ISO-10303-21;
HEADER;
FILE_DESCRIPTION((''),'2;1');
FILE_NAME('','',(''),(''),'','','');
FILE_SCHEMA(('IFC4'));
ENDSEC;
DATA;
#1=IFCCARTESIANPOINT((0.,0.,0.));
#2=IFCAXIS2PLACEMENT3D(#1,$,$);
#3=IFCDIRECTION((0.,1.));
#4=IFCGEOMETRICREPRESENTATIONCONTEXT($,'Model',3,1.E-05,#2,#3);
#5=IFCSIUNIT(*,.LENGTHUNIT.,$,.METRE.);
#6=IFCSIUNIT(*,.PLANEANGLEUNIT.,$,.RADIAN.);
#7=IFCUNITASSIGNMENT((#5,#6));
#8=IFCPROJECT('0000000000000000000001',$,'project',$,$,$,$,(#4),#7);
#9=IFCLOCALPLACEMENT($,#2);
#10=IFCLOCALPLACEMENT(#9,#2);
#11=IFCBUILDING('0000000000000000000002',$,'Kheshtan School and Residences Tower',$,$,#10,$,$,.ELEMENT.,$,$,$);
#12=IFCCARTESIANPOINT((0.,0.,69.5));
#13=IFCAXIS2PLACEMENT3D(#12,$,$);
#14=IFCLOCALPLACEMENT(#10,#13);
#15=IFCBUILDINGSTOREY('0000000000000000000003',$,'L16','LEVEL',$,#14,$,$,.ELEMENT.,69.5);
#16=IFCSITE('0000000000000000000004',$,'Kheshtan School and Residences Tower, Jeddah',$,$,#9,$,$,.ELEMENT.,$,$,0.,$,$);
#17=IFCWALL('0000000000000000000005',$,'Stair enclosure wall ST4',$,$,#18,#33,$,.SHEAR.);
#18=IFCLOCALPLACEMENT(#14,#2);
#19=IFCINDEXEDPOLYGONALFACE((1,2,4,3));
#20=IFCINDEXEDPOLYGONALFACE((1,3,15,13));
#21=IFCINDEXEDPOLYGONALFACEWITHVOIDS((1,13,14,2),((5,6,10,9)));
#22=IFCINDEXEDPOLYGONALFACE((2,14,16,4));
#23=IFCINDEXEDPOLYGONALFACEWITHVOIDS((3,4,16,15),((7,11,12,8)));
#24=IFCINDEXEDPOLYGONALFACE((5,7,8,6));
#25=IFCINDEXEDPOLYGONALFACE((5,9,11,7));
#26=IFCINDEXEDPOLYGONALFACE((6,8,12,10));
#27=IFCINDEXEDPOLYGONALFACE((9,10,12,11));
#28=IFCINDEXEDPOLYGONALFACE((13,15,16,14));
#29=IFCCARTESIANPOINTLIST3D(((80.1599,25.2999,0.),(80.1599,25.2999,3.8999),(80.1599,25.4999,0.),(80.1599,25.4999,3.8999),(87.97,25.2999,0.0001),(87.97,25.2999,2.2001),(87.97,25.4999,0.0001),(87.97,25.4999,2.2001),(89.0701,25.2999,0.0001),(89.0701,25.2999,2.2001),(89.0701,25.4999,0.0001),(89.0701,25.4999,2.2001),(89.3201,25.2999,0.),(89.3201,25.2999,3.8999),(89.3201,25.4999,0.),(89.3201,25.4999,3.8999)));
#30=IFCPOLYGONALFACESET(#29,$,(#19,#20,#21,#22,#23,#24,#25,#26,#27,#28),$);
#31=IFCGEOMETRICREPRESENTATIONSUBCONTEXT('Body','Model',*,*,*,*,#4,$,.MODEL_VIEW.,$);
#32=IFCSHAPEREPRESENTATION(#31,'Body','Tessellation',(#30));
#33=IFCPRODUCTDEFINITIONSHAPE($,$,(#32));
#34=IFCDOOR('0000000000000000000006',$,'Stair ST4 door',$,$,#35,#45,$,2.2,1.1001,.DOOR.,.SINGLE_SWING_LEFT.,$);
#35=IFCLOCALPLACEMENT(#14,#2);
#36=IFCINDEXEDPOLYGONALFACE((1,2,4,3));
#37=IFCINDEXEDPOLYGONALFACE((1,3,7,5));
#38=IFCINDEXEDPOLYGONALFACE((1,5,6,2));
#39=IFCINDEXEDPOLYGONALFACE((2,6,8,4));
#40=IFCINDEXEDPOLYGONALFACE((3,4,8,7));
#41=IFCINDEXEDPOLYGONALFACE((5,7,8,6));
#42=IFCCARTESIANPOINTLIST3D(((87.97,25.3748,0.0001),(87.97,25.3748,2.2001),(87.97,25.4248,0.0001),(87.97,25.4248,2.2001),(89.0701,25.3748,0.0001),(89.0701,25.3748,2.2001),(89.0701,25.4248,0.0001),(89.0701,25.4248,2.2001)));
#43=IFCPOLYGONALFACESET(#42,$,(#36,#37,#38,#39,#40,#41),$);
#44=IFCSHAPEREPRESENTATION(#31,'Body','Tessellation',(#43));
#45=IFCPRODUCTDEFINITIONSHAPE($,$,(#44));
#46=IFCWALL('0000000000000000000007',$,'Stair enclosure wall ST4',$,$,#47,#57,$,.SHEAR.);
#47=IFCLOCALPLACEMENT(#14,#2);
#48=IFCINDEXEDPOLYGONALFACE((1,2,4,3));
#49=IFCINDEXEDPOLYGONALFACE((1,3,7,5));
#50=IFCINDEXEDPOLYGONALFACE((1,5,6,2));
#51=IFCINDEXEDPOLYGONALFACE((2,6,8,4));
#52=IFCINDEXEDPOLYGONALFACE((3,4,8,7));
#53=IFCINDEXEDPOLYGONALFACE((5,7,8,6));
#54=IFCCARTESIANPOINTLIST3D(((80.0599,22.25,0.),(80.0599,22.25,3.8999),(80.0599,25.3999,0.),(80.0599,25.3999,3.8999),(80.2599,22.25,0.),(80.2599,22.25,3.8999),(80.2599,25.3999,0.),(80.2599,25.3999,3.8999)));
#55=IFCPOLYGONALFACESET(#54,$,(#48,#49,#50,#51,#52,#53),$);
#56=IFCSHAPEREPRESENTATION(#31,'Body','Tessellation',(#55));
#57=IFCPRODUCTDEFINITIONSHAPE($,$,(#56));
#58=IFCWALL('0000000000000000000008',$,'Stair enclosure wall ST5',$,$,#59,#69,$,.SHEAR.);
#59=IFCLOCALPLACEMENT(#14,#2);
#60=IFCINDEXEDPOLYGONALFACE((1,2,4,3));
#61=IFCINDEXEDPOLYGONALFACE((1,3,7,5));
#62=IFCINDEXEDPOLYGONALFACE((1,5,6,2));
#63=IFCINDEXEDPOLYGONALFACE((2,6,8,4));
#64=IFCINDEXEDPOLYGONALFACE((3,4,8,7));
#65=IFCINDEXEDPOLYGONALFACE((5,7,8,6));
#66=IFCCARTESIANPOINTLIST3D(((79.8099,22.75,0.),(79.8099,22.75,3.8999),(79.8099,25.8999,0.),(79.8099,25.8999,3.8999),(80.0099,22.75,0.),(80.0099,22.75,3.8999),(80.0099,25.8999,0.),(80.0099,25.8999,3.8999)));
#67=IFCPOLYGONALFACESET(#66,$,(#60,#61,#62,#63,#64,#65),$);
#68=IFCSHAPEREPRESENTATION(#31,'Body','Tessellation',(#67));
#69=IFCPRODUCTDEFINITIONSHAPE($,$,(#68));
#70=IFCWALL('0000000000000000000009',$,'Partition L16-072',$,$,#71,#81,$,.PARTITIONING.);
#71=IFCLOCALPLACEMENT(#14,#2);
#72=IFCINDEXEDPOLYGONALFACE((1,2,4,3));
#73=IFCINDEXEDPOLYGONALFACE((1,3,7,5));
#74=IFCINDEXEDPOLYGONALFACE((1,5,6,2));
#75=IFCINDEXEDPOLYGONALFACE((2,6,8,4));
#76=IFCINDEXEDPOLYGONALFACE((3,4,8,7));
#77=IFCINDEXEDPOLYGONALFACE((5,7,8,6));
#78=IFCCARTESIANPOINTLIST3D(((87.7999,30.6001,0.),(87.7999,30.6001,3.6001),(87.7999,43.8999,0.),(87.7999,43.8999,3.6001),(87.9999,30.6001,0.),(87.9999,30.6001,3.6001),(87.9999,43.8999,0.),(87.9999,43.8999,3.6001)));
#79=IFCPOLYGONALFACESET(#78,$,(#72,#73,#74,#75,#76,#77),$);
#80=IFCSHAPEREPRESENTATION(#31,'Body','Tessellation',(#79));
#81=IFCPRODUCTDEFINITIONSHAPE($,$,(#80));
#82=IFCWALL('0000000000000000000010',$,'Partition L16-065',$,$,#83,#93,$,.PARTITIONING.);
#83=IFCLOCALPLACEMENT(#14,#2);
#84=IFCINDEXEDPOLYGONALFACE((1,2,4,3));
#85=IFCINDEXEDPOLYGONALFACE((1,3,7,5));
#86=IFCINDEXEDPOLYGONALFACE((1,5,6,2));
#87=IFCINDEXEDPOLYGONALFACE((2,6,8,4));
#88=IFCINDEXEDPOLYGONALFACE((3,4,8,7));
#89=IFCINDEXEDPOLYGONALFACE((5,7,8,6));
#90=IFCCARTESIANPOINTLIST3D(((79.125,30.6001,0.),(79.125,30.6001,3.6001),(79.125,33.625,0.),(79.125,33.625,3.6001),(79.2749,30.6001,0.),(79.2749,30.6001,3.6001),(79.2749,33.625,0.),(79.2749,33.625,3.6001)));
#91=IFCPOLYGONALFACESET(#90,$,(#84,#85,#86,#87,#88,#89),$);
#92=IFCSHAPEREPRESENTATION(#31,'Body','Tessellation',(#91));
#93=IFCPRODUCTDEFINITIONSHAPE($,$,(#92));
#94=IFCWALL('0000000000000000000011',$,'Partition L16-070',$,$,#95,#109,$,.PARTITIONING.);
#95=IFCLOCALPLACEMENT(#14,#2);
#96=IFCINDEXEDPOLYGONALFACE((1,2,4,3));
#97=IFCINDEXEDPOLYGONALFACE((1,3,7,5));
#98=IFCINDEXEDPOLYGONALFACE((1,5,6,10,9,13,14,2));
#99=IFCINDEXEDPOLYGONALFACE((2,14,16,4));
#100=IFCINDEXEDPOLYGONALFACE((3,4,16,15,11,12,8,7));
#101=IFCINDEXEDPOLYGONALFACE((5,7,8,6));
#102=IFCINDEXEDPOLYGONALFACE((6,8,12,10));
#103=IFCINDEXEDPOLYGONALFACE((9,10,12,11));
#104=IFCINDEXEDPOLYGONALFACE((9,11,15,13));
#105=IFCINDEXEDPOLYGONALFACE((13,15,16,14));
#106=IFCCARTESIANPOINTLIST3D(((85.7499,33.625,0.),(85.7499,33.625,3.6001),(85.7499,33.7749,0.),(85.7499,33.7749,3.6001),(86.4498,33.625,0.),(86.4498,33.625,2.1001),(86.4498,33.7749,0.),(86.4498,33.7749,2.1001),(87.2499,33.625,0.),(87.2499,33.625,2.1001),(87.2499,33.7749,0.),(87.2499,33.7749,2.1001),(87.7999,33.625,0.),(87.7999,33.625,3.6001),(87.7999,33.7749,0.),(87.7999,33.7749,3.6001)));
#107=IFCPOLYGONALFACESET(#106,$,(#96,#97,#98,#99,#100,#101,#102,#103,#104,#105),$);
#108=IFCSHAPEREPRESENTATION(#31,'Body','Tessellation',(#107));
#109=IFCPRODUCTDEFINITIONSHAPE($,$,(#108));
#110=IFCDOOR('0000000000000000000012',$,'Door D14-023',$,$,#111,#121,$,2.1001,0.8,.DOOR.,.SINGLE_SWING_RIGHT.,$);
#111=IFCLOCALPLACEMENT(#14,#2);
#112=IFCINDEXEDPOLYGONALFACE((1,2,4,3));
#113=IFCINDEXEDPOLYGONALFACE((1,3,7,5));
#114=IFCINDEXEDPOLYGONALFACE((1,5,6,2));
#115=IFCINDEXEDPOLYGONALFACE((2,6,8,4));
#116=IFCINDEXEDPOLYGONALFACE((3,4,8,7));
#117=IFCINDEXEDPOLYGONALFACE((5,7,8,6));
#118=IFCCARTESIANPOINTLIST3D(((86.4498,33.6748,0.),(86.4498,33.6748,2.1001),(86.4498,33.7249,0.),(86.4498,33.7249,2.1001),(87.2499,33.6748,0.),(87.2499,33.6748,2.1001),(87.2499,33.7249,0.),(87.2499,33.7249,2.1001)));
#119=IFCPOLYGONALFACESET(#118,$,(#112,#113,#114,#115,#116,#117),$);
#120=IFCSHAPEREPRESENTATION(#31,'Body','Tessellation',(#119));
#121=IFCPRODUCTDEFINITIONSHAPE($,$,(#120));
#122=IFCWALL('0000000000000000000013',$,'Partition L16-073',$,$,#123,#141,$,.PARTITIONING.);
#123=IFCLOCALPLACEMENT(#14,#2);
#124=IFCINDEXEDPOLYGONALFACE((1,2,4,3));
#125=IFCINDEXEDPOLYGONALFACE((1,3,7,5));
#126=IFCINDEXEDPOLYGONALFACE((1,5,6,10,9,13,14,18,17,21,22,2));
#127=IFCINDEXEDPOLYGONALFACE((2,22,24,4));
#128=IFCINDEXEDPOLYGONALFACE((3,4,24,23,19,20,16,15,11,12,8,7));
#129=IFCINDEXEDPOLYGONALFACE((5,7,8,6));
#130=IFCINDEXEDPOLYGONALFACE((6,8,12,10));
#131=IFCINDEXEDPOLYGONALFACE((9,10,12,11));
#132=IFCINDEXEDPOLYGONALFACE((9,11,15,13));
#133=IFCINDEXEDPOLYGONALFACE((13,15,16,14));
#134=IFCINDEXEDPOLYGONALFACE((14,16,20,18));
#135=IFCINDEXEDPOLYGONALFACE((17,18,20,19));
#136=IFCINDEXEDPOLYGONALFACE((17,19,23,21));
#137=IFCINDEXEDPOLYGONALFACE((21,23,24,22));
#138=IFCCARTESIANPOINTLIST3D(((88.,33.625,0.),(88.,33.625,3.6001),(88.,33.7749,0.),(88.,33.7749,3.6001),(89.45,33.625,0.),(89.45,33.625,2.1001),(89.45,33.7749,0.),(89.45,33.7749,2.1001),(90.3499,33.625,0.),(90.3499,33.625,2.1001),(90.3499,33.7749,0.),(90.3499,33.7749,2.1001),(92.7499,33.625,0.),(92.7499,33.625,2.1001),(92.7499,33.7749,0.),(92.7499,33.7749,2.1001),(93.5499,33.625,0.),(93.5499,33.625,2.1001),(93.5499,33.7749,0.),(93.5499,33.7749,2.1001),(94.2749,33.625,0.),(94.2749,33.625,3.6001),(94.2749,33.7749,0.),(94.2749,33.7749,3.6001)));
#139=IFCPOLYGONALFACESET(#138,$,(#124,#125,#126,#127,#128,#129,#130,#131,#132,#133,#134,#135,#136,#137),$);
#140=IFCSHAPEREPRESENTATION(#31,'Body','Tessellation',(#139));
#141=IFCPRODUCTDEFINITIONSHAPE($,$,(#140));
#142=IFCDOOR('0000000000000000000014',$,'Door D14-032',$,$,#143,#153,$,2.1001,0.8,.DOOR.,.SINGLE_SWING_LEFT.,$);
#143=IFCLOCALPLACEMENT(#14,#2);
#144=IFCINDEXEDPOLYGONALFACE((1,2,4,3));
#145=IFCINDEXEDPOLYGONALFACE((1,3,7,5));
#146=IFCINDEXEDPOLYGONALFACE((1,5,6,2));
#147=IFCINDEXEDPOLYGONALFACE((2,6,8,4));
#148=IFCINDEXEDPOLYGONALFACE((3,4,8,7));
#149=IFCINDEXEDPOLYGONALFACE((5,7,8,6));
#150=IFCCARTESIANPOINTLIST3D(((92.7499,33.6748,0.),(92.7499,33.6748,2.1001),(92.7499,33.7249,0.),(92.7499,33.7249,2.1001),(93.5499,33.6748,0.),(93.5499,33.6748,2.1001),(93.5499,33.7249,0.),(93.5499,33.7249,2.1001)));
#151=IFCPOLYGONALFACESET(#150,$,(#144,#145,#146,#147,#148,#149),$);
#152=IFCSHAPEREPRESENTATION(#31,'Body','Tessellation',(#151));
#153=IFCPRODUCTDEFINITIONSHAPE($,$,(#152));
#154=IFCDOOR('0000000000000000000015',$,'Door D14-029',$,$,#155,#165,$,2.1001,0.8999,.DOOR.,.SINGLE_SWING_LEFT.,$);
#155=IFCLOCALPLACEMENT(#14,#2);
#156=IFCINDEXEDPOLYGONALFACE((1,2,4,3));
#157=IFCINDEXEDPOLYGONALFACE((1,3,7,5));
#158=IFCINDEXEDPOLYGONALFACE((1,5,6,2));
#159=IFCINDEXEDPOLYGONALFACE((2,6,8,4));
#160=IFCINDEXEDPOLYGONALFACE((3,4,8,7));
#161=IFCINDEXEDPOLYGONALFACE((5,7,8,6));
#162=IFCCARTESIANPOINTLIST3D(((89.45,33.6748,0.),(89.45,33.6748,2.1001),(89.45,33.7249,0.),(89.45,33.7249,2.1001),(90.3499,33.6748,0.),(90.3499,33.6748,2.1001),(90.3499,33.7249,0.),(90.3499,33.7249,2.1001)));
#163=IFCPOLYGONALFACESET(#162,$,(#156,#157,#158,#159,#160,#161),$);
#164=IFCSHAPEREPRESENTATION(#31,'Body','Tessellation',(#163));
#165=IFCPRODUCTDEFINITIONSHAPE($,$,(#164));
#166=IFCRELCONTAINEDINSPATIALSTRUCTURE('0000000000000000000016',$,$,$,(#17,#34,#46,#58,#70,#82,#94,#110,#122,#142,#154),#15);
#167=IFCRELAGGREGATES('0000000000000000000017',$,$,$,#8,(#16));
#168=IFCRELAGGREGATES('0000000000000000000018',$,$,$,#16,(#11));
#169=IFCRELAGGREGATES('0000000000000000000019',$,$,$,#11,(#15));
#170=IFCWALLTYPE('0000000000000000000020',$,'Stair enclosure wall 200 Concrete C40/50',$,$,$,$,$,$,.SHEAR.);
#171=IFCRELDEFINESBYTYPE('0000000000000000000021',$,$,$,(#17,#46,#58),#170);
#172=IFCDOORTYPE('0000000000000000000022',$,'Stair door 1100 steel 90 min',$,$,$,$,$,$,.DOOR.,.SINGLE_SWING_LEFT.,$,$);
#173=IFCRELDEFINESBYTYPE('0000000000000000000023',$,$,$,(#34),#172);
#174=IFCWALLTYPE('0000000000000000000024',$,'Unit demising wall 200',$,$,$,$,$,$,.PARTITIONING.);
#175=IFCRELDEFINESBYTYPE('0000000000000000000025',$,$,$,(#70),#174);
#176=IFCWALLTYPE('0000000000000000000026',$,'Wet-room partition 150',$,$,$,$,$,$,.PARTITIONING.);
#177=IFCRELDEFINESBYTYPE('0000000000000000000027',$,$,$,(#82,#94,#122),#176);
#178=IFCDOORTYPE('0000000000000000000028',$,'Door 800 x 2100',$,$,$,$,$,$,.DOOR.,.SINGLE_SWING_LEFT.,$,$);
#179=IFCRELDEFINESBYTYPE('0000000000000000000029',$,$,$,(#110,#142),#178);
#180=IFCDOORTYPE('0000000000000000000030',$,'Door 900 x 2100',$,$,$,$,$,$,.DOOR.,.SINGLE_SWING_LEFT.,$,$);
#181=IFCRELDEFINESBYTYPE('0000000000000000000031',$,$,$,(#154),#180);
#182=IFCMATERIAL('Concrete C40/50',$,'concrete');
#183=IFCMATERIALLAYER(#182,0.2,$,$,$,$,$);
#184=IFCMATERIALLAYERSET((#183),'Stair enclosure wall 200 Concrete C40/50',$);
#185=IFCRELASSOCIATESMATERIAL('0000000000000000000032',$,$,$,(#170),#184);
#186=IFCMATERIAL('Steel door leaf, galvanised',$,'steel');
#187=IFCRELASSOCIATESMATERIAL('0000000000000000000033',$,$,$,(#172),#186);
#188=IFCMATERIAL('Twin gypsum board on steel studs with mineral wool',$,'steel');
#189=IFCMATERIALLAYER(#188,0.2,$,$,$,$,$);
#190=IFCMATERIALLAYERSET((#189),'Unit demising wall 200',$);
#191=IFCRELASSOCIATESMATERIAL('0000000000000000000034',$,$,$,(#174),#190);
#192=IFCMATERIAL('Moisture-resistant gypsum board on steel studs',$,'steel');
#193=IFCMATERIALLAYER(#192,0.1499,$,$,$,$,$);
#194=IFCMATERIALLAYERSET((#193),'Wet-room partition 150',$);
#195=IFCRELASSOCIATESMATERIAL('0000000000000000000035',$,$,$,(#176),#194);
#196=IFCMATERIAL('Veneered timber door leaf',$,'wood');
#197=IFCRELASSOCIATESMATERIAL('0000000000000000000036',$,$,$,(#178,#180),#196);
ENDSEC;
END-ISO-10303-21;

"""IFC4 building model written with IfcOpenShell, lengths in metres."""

from ifc_helpers import new_model, si_unit, direction, frame, frame_2d, origin, place, context, subcontext, project, spatial, rectangle, extrude, source, transform, mapped, material, layer, layer_set, type_object, element, fill, save


model = new_model("IFC4")

# Units and contexts
model_context = context("Model", 3, precision=1e-05, world=origin(), true_north=direction((0.0, 1.0)))
body_context = subcontext(model_context, "Body", "Model", "MODEL_VIEW")
ifc_project = project(units=[si_unit("LENGTHUNIT", "METRE"), si_unit("PLANEANGLEUNIT", "RADIAN")], contexts=[model_context])

# Site, building, storey
site_placement = place(None, origin())
site = spatial("IfcSite", under=ifc_project, at=site_placement, Name="Kheshtan School and Residences Tower, Jeddah", CompositionType="ELEMENT", RefElevation=0.0)
building_placement = place(site_placement, origin())
building = spatial("IfcBuilding", under=site, at=building_placement, Name="Kheshtan School and Residences Tower", CompositionType="ELEMENT")
storey_placement = place(building_placement, frame((0.0, 0.0, 69.5)))
storey = spatial("IfcBuildingStorey", under=building, at=storey_placement, Name="L16", Description="LEVEL", CompositionType="ELEMENT", Elevation=69.5)

# Shared definitions
ifc_material_1 = material(Name="Concrete C40/50", Category="concrete")
ifc_layer_1 = layer(ifc_material_1, 0.2)
ifc_layer_set_1 = layer_set([ifc_layer_1], Name="Stair enclosure wall 200 Concrete C40/50")
wall_type_1 = type_object("IfcWallType", Name="Stair enclosure wall 200 Concrete C40/50", PredefinedType="SHEAR", material=ifc_layer_set_1)

# Wall, opening, door
wall_1_placement = place(storey_placement, frame((80.1599, 25.3999, 0.0), z_axis=(0.0, 0.0, 1.0), x_axis=(1.0, 0.0, 0.0)))
wall_1 = element("IfcWall", 1, at=wall_1_placement, inside=storey, type_object=wall_type_1, Name="Stair enclosure wall ST4", PredefinedType="SHEAR", context=body_context, shape_type="SweptSolid", body=[
    extrude(rectangle(XDim=9.1602, YDim=0.2, at=frame_2d((4.5801, 0.0))), origin(), (0.0, 0.0, 1.0), 3.8999),
])
opening_1_placement = place(wall_1_placement, frame((7.8101, 0.0, 0.0)))
opening_1 = element("IfcOpeningElement", 2, at=opening_1_placement, cuts=wall_1, PredefinedType="OPENING", context=body_context, shape_type="SweptSolid", body=[
    extrude(rectangle(XDim=1.1001, YDim=2.2, at=frame_2d((0.55, 1.1001))), frame((0.0, 0.1099, 0.0), z_axis=(0.0, -1.0, 0.0), x_axis=(1.0, 0.0, 0.0)), (0.0, 0.0, 1.0), 0.22),
])
ifc_material_2 = material(Name="Steel door leaf, galvanised", Category="steel")
door_type_1 = type_object("IfcDoorType", Name="Stair door 1100 steel 90 min", OperationType="SINGLE_SWING_LEFT", PredefinedType="DOOR", material=ifc_material_2)
shared_shape_1 = source(origin(), body_context, "Body", "SweptSolid", [
    extrude(rectangle(XDim=1.1001, YDim=2.2, at=frame_2d((0.55, 1.1001))), frame((0.0, 0.0249, 0.0), z_axis=(0.0, -1.0, 0.0), x_axis=(1.0, 0.0, 0.0)), (0.0, 0.0, 1.0), 0.05),
])
door_1_placement = place(opening_1_placement, origin())
door_1 = element("IfcDoor", 3, at=door_1_placement, inside=storey, type_object=door_type_1, Name="Stair ST4 door", OperationType="SINGLE_SWING_LEFT", OverallHeight=2.2, OverallWidth=1.1001, PredefinedType="DOOR", context=body_context, shape_type="MappedRepresentation", body=[
    mapped(shared_shape_1, transform((0.0, 0.0, 0.0), x_axis=(1.0, 0.0, 0.0), y_axis=(0.0, 1.0, 0.0), z_axis=(0.0, 0.0, 1.0), scale=1.0)),
])
fill(opening_1, door_1)

# Walls
for number, where, z_axis, x_axis, name in (
    (4, (80.1599, 22.25, 0.0), (0.0, 0.0, 1.0), (0.0, 1.0, 0.0), "Stair enclosure wall ST4"),
    (5, (79.9099, 22.75, 0.0), (0.0, 0.0, 1.0), (0.0, 1.0, 0.0), "Stair enclosure wall ST5"),
):
    element("IfcWall", number, at=place(storey_placement, frame(where, z_axis=z_axis, x_axis=x_axis)), inside=storey, type_object=wall_type_1, Name=name, PredefinedType="SHEAR", context=body_context, shape_type="SweptSolid", body=[
        extrude(rectangle(XDim=3.1499, YDim=0.2, at=frame_2d((1.575, 0.0))), origin(), (0.0, 0.0, 1.0), 3.8999),
    ])
ifc_material_3 = material(Name="Twin gypsum board on steel studs with mineral wool", Category="steel")
ifc_layer_2 = layer(ifc_material_3, 0.2)
ifc_layer_set_2 = layer_set([ifc_layer_2], Name="Unit demising wall 200")
wall_type_2 = type_object("IfcWallType", Name="Unit demising wall 200", PredefinedType="PARTITIONING", material=ifc_layer_set_2)
wall_2_placement = place(storey_placement, frame((87.8999, 30.6001, 0.0), z_axis=(0.0, 0.0, 1.0), x_axis=(0.0, 1.0, 0.0)))
element("IfcWall", 6, at=wall_2_placement, inside=storey, type_object=wall_type_2, Name="Partition L16-072", PredefinedType="PARTITIONING", context=body_context, shape_type="SweptSolid", body=[
    extrude(rectangle(XDim=13.2998, YDim=0.2, at=frame_2d((6.6499, 0.0))), origin(), (0.0, 0.0, 1.0), 3.6001),
])
ifc_material_4 = material(Name="Moisture-resistant gypsum board on steel studs", Category="steel")
ifc_layer_3 = layer(ifc_material_4, 0.1499)
ifc_layer_set_3 = layer_set([ifc_layer_3], Name="Wet-room partition 150")
wall_type_3 = type_object("IfcWallType", Name="Wet-room partition 150", PredefinedType="PARTITIONING", material=ifc_layer_set_3)
wall_3_placement = place(storey_placement, frame((79.2, 30.6001, 0.0), z_axis=(0.0, 0.0, 1.0), x_axis=(0.0, 1.0, 0.0)))
element("IfcWall", 7, at=wall_3_placement, inside=storey, type_object=wall_type_3, Name="Partition L16-065", PredefinedType="PARTITIONING", context=body_context, shape_type="SweptSolid", body=[
    extrude(rectangle(XDim=3.0249, YDim=0.1499, at=frame_2d((1.5125, 0.0))), origin(), (0.0, 0.0, 1.0), 3.6001),
])

# Wall, opening, door
wall_4_placement = place(storey_placement, frame((85.75, 33.7, 0.0), z_axis=(0.0, 0.0, 1.0), x_axis=(1.0, 0.0, 0.0)))
wall_4 = element("IfcWall", 8, at=wall_4_placement, inside=storey, type_object=wall_type_3, Name="Partition L16-070", PredefinedType="PARTITIONING", context=body_context, shape_type="SweptSolid", body=[
    extrude(rectangle(XDim=2.05, YDim=0.1499, at=frame_2d((1.0249, 0.0))), origin(), (0.0, 0.0, 1.0), 3.6001),
])
opening_2_placement = place(wall_4_placement, frame((0.7, 0.0, 0.0)))
opening_2 = element("IfcOpeningElement", 9, at=opening_2_placement, cuts=wall_4, PredefinedType="OPENING", context=body_context, shape_type="SweptSolid", body=[
    extrude(rectangle(XDim=0.8, YDim=2.1001, at=frame_2d((0.3999, 1.05))), frame((0.0, 0.085, 0.0), z_axis=(0.0, -1.0, 0.0), x_axis=(1.0, 0.0, 0.0)), (0.0, 0.0, 1.0), 0.1699),
])
ifc_material_5 = material(Name="Veneered timber door leaf", Category="wood")
door_type_2 = type_object("IfcDoorType", Name="Door 800 x 2100", OperationType="SINGLE_SWING_LEFT", PredefinedType="DOOR", material=ifc_material_5)
shared_shape_2 = source(origin(), body_context, "Body", "SweptSolid", [
    extrude(rectangle(XDim=0.8, YDim=2.1001, at=frame_2d((0.3999, 1.05))), frame((0.0, 0.0249, 0.0), z_axis=(0.0, -1.0, 0.0), x_axis=(1.0, 0.0, 0.0)), (0.0, 0.0, 1.0), 0.05),
])
door_2_placement = place(opening_2_placement, origin())
door_2 = element("IfcDoor", 10, at=door_2_placement, inside=storey, type_object=door_type_2, Name="Door D14-023", OperationType="SINGLE_SWING_RIGHT", OverallHeight=2.1001, OverallWidth=0.8, PredefinedType="DOOR", context=body_context, shape_type="MappedRepresentation", body=[
    mapped(shared_shape_2, transform((0.0, 0.0, 0.0), x_axis=(1.0, 0.0, 0.0), y_axis=(0.0, 1.0, 0.0), z_axis=(0.0, 0.0, 1.0), scale=1.0)),
])
fill(opening_2, door_2)

# Wall, openings, doors
wall_5_placement = place(storey_placement, frame((88.0, 33.7, 0.0), z_axis=(0.0, 0.0, 1.0), x_axis=(1.0, 0.0, 0.0)))
wall_5 = element("IfcWall", 11, at=wall_5_placement, inside=storey, type_object=wall_type_3, Name="Partition L16-073", PredefinedType="PARTITIONING", context=body_context, shape_type="SweptSolid", body=[
    extrude(rectangle(XDim=6.2749, YDim=0.1499, at=frame_2d((3.1375, 0.0))), origin(), (0.0, 0.0, 1.0), 3.6001),
])
opening_3_placement = place(wall_5_placement, frame((1.45, 0.0, 0.0)))
opening_3 = element("IfcOpeningElement", 12, at=opening_3_placement, cuts=wall_5, PredefinedType="OPENING", context=body_context, shape_type="SweptSolid", body=[
    extrude(rectangle(XDim=0.8999, YDim=2.1001, at=frame_2d((0.45, 1.05))), frame((0.0, 0.085, 0.0), z_axis=(0.0, -1.0, 0.0), x_axis=(1.0, 0.0, 0.0)), (0.0, 0.0, 1.0), 0.1699),
])
opening_4_placement = place(wall_5_placement, frame((4.75, 0.0, 0.0)))
opening_4 = element("IfcOpeningElement", 13, at=opening_4_placement, cuts=wall_5, PredefinedType="OPENING", context=body_context, shape_type="SweptSolid", body=[
    extrude(rectangle(XDim=0.8, YDim=2.1001, at=frame_2d((0.3999, 1.05))), frame((0.0, 0.085, 0.0), z_axis=(0.0, -1.0, 0.0), x_axis=(1.0, 0.0, 0.0)), (0.0, 0.0, 1.0), 0.1699),
])
door_3_placement = place(opening_4_placement, origin())
door_3 = element("IfcDoor", 14, at=door_3_placement, inside=storey, type_object=door_type_2, Name="Door D14-032", OperationType="SINGLE_SWING_LEFT", OverallHeight=2.1001, OverallWidth=0.8, PredefinedType="DOOR", context=body_context, shape_type="MappedRepresentation", body=[
    mapped(shared_shape_2, transform((0.0, 0.0, 0.0), x_axis=(1.0, 0.0, 0.0), y_axis=(0.0, 1.0, 0.0), z_axis=(0.0, 0.0, 1.0), scale=1.0)),
])
fill(opening_4, door_3)
door_type_3 = type_object("IfcDoorType", Name="Door 900 x 2100", OperationType="SINGLE_SWING_LEFT", PredefinedType="DOOR", material=ifc_material_5)
shared_shape_3 = source(origin(), body_context, "Body", "SweptSolid", [
    extrude(rectangle(XDim=0.8999, YDim=2.1001, at=frame_2d((0.45, 1.05))), frame((0.0, 0.0249, 0.0), z_axis=(0.0, -1.0, 0.0), x_axis=(1.0, 0.0, 0.0)), (0.0, 0.0, 1.0), 0.05),
])
door_4_placement = place(opening_3_placement, origin())
door_4 = element("IfcDoor", 15, at=door_4_placement, inside=storey, type_object=door_type_3, Name="Door D14-029", OperationType="SINGLE_SWING_LEFT", OverallHeight=2.1001, OverallWidth=0.8999, PredefinedType="DOOR", context=body_context, shape_type="MappedRepresentation", body=[
    mapped(shared_shape_3, transform((0.0, 0.0, 0.0), x_axis=(1.0, 0.0, 0.0), y_axis=(0.0, 1.0, 0.0), z_axis=(0.0, 0.0, 1.0), scale=1.0)),
])
fill(opening_3, door_4)

save(model, "model.ifc")
